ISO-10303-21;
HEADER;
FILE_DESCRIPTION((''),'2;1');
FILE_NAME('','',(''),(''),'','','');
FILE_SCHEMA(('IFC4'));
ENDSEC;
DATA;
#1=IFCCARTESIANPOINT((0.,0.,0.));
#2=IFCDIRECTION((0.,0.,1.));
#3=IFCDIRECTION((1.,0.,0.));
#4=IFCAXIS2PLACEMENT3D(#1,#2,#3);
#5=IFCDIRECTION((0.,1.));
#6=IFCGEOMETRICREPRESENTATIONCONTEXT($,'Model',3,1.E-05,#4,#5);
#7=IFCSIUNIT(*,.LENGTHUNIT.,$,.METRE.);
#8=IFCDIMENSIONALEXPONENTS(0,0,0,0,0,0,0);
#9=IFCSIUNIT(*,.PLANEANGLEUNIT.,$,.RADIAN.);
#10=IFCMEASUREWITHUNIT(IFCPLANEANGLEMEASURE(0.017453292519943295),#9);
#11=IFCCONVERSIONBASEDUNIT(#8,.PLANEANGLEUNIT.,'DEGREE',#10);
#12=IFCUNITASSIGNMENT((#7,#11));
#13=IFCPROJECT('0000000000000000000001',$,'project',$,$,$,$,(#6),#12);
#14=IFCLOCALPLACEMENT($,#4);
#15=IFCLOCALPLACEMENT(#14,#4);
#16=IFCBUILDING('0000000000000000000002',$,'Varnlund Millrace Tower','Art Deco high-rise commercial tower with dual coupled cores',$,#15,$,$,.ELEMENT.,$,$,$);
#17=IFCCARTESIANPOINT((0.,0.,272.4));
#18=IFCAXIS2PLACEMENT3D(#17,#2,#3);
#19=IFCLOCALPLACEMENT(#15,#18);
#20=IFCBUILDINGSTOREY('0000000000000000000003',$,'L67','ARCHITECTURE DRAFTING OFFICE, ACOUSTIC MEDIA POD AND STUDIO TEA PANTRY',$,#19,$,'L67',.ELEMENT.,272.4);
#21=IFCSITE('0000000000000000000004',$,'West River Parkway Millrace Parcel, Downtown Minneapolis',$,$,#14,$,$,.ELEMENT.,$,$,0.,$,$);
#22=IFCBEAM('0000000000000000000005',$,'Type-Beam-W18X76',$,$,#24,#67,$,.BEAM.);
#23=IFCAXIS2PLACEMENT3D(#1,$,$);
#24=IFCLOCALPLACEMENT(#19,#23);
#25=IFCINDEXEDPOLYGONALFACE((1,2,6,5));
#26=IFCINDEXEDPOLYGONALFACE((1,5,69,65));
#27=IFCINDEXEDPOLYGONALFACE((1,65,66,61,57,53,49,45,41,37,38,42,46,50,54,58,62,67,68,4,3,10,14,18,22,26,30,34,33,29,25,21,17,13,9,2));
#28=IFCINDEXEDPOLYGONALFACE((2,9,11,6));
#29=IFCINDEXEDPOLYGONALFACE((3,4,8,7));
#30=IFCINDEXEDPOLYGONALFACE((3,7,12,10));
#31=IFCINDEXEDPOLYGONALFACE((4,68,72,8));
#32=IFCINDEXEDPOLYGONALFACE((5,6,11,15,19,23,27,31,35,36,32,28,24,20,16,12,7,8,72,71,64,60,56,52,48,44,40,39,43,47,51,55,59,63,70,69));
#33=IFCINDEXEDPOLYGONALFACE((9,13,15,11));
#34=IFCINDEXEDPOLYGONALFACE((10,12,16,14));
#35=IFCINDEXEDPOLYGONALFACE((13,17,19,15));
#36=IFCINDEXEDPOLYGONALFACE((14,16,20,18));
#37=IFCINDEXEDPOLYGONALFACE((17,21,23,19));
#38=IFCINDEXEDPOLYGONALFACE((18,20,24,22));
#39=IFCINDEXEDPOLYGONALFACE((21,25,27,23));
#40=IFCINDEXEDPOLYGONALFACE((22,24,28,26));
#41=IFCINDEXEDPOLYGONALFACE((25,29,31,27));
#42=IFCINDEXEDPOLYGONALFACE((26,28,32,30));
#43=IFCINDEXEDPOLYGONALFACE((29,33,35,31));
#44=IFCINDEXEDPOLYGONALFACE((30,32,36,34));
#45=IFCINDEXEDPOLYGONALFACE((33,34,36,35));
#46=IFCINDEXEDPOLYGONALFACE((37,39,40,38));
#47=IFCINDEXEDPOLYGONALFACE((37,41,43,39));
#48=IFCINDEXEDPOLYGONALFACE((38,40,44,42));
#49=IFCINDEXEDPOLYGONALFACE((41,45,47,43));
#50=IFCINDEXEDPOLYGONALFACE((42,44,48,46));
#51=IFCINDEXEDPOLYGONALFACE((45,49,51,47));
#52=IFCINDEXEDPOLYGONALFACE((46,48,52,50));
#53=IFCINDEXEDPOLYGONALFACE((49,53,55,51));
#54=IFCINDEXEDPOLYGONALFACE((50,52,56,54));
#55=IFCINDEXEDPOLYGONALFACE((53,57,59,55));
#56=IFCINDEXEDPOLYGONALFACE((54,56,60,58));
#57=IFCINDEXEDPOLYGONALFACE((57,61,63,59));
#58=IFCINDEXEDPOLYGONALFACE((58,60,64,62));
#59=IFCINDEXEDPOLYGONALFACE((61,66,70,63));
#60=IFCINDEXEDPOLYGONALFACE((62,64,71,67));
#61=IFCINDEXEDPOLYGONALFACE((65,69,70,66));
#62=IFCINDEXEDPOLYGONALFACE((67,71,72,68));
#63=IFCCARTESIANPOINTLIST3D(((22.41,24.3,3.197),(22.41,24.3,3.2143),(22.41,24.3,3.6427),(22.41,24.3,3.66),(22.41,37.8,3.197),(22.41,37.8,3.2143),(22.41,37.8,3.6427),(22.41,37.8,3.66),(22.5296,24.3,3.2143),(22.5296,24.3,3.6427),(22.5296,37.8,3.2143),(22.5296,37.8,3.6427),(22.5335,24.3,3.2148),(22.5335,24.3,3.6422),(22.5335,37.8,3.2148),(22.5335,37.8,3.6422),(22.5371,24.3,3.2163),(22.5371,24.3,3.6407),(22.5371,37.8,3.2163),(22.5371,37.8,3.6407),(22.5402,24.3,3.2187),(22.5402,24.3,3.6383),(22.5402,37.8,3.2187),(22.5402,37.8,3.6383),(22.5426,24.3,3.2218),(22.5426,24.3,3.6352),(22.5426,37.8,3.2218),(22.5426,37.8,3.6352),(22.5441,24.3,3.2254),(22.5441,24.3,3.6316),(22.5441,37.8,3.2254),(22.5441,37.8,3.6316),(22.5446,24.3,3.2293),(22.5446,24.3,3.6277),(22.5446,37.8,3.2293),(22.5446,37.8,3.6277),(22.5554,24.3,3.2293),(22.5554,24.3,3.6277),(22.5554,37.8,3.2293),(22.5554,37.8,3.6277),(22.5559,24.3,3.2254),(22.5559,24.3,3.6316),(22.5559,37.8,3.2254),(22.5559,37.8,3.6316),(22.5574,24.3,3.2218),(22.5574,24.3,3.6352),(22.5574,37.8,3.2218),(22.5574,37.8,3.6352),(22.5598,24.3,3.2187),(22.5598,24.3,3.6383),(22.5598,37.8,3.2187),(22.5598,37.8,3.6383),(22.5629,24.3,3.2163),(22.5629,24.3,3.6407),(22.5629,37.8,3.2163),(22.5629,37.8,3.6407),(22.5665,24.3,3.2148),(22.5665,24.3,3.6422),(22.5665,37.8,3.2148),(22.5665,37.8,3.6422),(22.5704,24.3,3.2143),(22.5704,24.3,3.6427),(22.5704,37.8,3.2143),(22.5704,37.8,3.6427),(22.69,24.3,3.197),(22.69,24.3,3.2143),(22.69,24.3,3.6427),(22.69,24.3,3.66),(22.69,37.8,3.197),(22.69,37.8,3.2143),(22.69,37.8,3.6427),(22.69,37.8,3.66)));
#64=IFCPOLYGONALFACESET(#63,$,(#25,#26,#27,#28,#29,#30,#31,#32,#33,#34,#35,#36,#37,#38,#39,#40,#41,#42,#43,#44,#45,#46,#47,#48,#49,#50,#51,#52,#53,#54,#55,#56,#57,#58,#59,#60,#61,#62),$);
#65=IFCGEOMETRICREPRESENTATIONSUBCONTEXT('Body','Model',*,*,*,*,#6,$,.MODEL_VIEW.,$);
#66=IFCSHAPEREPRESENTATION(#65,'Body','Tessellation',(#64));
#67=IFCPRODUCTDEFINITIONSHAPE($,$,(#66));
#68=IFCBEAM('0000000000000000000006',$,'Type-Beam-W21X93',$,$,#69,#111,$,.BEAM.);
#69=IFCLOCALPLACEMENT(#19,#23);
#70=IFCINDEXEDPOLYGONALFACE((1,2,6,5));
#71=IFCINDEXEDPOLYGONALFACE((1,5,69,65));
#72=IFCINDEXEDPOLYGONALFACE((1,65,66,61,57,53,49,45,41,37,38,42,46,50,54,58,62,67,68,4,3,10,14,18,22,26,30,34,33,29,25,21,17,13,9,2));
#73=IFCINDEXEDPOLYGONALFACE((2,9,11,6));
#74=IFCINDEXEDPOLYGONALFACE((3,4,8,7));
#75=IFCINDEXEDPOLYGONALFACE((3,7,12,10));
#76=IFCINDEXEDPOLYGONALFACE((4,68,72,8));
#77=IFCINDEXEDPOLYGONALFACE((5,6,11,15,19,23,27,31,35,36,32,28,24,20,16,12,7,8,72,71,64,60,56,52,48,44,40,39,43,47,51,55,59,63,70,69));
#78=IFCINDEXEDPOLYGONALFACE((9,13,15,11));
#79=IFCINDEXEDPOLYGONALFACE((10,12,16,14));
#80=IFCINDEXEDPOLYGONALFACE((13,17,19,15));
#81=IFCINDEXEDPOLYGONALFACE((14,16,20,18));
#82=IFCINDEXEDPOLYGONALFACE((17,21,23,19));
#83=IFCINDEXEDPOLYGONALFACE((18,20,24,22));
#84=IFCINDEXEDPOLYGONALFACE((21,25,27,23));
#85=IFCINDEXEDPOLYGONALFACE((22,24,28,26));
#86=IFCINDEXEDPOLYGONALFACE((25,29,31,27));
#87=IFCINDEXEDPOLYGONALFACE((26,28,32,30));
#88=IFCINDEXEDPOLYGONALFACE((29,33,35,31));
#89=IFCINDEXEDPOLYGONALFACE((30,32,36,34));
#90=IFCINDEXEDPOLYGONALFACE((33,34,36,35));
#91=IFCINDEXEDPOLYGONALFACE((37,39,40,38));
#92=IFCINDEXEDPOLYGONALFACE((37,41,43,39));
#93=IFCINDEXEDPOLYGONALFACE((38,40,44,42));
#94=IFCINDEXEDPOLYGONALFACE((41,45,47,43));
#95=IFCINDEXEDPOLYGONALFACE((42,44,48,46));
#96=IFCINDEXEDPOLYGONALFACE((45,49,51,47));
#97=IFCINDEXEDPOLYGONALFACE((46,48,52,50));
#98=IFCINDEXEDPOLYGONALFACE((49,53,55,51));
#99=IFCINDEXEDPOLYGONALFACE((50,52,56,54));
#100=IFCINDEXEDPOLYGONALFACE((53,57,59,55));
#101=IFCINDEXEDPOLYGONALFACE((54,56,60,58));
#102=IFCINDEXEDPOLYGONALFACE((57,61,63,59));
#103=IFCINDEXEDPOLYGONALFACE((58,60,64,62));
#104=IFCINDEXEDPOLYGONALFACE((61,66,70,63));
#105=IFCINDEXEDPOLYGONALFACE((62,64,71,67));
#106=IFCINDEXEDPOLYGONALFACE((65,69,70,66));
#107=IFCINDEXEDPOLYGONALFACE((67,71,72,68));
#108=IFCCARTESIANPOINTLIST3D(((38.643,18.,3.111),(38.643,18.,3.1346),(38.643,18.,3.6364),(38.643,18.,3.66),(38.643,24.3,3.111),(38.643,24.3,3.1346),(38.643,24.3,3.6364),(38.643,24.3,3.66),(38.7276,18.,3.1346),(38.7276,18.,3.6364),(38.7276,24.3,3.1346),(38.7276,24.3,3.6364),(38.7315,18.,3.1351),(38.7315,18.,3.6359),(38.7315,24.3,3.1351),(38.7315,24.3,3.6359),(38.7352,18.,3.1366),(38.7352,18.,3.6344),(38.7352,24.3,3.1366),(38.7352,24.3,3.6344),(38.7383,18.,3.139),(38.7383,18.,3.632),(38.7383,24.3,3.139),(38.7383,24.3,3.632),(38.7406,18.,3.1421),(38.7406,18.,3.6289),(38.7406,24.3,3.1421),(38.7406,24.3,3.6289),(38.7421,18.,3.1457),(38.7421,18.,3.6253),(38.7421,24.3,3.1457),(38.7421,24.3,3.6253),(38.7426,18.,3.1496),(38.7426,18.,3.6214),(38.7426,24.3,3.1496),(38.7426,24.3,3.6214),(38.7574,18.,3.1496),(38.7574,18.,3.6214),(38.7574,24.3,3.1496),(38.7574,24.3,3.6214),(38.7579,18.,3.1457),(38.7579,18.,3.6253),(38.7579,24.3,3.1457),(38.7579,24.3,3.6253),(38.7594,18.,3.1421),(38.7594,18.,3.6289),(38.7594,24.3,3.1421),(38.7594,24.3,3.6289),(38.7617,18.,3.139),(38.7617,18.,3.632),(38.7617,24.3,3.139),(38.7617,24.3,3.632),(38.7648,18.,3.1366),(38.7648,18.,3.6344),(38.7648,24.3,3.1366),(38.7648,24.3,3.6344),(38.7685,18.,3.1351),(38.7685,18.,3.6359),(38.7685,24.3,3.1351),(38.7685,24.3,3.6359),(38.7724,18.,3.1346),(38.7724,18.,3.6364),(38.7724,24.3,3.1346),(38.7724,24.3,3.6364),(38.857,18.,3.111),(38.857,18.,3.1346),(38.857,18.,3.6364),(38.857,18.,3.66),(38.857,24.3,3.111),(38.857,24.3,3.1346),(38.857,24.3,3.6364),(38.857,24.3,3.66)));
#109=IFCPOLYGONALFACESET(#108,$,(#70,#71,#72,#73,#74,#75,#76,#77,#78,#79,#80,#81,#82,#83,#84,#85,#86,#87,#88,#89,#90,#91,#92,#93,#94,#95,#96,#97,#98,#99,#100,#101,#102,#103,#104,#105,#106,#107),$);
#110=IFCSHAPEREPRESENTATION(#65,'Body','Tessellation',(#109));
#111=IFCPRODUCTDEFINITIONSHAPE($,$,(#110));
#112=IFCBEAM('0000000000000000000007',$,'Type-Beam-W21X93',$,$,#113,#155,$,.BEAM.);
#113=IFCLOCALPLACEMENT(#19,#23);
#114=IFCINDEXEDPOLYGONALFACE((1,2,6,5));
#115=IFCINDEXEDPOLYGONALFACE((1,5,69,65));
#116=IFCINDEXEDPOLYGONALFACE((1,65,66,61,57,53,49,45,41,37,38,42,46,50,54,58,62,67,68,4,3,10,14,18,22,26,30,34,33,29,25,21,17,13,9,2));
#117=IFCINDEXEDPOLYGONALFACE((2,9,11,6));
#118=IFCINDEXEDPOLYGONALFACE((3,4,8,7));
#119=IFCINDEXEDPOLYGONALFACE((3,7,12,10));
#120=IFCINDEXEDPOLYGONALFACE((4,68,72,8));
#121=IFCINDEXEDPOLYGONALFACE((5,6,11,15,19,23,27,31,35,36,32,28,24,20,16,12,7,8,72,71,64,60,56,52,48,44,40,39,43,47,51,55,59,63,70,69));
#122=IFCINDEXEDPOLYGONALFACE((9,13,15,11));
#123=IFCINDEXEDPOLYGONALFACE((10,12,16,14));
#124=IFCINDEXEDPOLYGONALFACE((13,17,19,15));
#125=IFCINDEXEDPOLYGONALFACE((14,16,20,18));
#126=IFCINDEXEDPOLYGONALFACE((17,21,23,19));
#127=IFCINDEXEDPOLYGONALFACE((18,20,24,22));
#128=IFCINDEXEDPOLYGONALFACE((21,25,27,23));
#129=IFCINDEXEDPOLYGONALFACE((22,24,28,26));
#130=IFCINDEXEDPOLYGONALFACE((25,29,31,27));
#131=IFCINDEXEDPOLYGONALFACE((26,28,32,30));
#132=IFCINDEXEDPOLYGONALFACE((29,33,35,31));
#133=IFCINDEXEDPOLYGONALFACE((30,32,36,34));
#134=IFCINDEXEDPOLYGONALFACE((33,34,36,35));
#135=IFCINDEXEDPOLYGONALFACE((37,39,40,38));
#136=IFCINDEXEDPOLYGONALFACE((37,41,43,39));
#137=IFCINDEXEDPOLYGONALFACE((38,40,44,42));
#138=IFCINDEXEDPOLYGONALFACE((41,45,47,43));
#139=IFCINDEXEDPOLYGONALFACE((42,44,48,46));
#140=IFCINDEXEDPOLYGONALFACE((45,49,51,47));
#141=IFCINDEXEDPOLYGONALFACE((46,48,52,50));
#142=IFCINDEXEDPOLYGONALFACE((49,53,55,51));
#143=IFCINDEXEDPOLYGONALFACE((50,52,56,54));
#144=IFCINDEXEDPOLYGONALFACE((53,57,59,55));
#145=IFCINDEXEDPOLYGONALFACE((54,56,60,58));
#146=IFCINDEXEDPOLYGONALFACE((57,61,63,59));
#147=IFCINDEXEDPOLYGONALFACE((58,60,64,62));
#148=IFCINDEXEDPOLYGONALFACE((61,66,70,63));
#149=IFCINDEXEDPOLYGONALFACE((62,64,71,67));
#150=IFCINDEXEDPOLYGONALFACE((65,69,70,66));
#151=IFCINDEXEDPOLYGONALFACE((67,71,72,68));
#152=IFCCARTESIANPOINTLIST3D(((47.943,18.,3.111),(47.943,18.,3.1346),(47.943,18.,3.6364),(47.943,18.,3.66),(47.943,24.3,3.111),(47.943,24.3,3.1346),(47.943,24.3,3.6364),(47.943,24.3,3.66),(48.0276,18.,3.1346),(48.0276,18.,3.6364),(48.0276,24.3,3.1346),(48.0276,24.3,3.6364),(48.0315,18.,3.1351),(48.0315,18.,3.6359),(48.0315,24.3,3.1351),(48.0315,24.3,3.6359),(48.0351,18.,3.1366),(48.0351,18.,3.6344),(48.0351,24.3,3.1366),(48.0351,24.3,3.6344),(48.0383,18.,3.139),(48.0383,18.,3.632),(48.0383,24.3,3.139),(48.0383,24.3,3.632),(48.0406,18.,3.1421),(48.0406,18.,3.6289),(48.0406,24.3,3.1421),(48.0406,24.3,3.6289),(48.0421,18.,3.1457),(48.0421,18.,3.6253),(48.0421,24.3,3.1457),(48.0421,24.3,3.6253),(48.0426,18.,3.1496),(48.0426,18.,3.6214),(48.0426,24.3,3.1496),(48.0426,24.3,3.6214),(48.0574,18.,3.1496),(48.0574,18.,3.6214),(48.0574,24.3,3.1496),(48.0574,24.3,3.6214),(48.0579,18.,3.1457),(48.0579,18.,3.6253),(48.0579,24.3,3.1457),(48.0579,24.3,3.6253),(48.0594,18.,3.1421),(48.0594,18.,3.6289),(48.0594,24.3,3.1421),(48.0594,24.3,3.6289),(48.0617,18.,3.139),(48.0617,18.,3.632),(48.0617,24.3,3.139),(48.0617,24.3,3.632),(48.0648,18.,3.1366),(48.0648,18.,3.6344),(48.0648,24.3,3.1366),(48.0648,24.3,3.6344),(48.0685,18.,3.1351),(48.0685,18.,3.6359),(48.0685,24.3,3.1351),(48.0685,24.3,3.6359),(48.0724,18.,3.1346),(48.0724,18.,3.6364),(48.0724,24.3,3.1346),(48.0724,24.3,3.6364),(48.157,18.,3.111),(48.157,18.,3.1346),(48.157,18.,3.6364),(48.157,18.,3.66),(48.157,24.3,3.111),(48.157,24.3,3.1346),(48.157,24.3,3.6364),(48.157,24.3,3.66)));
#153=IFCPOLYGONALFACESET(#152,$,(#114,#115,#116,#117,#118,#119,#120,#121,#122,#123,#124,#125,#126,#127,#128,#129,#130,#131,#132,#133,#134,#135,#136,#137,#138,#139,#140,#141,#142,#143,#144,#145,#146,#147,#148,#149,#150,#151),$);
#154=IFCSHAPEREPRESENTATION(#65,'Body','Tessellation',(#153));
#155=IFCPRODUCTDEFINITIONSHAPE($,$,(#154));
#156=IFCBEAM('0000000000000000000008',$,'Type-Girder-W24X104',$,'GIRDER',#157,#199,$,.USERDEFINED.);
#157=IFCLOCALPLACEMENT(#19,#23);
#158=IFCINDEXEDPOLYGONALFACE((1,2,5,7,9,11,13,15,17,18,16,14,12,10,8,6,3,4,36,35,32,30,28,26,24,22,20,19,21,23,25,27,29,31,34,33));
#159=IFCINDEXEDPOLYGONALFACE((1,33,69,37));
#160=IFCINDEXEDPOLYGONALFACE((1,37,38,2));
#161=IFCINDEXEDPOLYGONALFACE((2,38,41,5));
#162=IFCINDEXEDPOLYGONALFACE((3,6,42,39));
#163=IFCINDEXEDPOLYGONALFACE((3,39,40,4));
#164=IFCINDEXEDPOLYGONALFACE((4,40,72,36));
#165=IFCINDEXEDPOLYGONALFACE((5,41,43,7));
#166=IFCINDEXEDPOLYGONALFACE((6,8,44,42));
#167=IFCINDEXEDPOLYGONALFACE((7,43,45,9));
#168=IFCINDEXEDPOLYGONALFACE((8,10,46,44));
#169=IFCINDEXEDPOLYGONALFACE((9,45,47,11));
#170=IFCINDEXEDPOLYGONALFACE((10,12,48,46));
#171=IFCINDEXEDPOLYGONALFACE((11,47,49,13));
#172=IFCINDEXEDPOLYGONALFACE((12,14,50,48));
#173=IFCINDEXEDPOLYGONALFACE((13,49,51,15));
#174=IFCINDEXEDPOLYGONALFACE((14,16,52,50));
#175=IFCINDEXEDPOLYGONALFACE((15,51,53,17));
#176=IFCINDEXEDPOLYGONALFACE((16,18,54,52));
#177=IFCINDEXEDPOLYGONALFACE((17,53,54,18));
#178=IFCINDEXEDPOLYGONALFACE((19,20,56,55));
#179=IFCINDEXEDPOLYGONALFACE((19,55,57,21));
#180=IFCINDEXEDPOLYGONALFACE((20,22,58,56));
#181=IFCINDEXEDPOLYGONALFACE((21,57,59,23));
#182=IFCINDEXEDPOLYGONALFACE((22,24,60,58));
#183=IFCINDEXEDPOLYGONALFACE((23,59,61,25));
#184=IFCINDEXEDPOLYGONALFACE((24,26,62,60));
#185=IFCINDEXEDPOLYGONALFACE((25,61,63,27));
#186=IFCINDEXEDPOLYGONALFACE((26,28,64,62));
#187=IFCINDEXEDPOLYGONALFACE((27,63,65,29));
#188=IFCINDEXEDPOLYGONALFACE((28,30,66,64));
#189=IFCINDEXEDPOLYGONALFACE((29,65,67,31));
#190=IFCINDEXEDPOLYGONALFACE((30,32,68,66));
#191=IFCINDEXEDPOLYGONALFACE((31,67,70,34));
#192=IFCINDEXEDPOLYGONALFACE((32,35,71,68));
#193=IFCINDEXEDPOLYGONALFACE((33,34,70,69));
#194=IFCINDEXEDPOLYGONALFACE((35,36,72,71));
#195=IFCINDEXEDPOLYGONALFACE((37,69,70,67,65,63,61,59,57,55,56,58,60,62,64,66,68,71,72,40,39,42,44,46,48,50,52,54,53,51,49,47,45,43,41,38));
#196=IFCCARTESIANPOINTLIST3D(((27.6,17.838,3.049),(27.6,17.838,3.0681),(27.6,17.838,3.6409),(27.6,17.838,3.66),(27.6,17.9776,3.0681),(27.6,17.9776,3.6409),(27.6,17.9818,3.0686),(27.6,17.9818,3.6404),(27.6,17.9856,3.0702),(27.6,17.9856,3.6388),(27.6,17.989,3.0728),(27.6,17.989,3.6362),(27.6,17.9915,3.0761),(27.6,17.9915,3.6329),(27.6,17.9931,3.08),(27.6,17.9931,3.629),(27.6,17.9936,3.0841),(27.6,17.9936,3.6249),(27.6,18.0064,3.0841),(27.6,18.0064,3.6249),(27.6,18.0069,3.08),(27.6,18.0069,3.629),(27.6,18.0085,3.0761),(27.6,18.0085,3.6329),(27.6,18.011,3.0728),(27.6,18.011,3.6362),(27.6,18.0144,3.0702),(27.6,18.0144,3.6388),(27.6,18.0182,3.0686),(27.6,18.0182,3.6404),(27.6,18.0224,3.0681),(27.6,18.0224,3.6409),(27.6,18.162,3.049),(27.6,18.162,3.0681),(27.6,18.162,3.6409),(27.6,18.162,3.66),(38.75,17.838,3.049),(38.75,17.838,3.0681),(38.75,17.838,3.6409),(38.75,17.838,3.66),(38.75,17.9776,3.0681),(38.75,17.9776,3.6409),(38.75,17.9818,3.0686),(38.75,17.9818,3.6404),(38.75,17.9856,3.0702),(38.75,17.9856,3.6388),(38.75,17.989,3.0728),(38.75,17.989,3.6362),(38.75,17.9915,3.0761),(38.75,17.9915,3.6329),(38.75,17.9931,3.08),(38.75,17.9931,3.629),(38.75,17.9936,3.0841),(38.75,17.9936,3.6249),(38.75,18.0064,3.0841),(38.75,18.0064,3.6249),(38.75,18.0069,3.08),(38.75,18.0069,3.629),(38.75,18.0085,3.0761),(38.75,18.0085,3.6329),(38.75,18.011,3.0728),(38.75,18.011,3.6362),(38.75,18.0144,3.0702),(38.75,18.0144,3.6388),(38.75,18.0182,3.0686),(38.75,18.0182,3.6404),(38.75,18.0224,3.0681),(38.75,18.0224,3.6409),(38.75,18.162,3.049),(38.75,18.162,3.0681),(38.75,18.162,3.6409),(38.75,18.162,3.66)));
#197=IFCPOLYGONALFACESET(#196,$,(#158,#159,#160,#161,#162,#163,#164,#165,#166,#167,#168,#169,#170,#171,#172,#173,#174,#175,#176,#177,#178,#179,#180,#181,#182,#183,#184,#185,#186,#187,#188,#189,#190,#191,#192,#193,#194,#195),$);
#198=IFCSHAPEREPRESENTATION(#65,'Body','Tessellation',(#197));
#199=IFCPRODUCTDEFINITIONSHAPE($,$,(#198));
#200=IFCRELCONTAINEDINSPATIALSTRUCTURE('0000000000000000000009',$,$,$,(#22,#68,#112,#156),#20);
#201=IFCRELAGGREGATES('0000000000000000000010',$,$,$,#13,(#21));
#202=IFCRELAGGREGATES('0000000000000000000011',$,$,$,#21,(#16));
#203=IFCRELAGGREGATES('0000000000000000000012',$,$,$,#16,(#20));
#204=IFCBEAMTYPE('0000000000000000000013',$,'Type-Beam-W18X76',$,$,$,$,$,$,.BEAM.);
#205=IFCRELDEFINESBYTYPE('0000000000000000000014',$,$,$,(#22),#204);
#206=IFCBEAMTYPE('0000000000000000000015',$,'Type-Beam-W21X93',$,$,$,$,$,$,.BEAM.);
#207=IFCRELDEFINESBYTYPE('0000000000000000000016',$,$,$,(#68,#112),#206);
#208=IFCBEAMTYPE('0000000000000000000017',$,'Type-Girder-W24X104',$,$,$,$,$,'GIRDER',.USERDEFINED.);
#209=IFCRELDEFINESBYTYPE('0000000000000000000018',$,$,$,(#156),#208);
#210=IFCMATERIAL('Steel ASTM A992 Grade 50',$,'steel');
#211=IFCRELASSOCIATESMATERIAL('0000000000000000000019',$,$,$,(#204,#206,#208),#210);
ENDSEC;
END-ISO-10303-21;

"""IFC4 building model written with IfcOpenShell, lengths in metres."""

from ifc_helpers import new_model, entity, si_unit, converted_unit, direction, frame, origin_with_axes, origin_2d_with_axis, place, context, subcontext, project, spatial, i_section, extrude, material, material_profile, profile_set, type_object, element, save


model = new_model("IFC4")

# Units and contexts
model_context = context("Model", 3, precision=1e-05, world=origin_with_axes(), true_north=direction((0.0, 1.0)))
body_context = subcontext(model_context, "Body", "Model", "MODEL_VIEW")
ifc_project = project(units=[si_unit("LENGTHUNIT", "METRE"), converted_unit("PLANEANGLEUNIT", "DEGREE", entity("IfcPlaneAngleMeasure", 0.017453292519943295), si_unit("PLANEANGLEUNIT", "RADIAN"), dimensions=[0, 0, 0, 0, 0, 0, 0])], contexts=[model_context])

# Site, building, storey
site_placement = place(None, origin_with_axes())
site = spatial("IfcSite", under=ifc_project, at=site_placement, Name="West River Parkway Millrace Parcel, Downtown Minneapolis", CompositionType="ELEMENT", RefElevation=0.0)
building_placement = place(site_placement, origin_with_axes())
building = spatial("IfcBuilding", under=site, at=building_placement, Name="Varnlund Millrace Tower", Description="Art Deco high-rise commercial tower with dual coupled cores", CompositionType="ELEMENT")
storey_placement = place(building_placement, frame((0.0, 0.0, 272.4), z_axis=(0.0, 0.0, 1.0), x_axis=(1.0, 0.0, 0.0)))
storey = spatial("IfcBuildingStorey", under=building, at=storey_placement, Name="L67", Description="ARCHITECTURE DRAFTING OFFICE, ACOUSTIC MEDIA POD AND STUDIO TEA PANTRY", LongName="L67", CompositionType="ELEMENT", Elevation=272.4)

# Beams
ifc_material_1 = material(Name="Steel ASTM A992 Grade 50", Category="steel")
ifc_material_profile_1 = material_profile(ifc_material_1, i_section(OverallWidth=0.28, OverallDepth=0.463, WebThickness=0.0108, FlangeThickness=0.0173, FilletRadius=0.015, at=origin_2d_with_axis()), Name="Steel ASTM A992 Grade 50")
ifc_profile_set_1 = profile_set([ifc_material_profile_1], Name="Steel ASTM A992 Grade 50")
beam_type_1 = type_object("IfcBeamType", Name="Type-Beam-W18X76", PredefinedType="BEAM", material=ifc_profile_set_1)
beam_1_placement = place(storey_placement, frame((22.55, 24.3, 3.4285), z_axis=(0.0, 1.0, 0.0), x_axis=(-1.0, 0.0, 0.0)))
element("IfcBeam", 1, at=beam_1_placement, inside=storey, type_object=beam_type_1, Name="Type-Beam-W18X76", PredefinedType="BEAM", context=body_context, shape_type="SweptSolid", body=[
    extrude(i_section(OverallWidth=0.28, OverallDepth=0.463, WebThickness=0.0108, FlangeThickness=0.0173, FilletRadius=0.015, at=origin_2d_with_axis()), origin_with_axes(), (0.0, 0.0, 1.0), 13.5),
])
ifc_material_profile_2 = material_profile(ifc_material_1, i_section(OverallWidth=0.214, OverallDepth=0.549, WebThickness=0.0147, FlangeThickness=0.0236, FilletRadius=0.015, at=origin_2d_with_axis()), Name="Steel ASTM A992 Grade 50")
ifc_profile_set_2 = profile_set([ifc_material_profile_2], Name="Steel ASTM A992 Grade 50")
beam_type_2 = type_object("IfcBeamType", Name="Type-Beam-W21X93", PredefinedType="BEAM", material=ifc_profile_set_2)
for number, where, z_axis, x_axis, name in (
    (2, (38.75, 18.0, 3.3855), (0.0, 1.0, 0.0), (-1.0, 0.0, 0.0), "Type-Beam-W21X93"),
    (3, (48.05, 18.0, 3.3855), (0.0, 1.0, 0.0), (-1.0, 0.0, 0.0), "Type-Beam-W21X93"),
):
    element("IfcBeam", number, at=place(storey_placement, frame(where, z_axis=z_axis, x_axis=x_axis)), inside=storey, type_object=beam_type_2, Name=name, PredefinedType="BEAM", context=body_context, shape_type="SweptSolid", body=[
        extrude(i_section(OverallWidth=0.214, OverallDepth=0.549, WebThickness=0.0147, FlangeThickness=0.0236, FilletRadius=0.015, at=origin_2d_with_axis()), origin_with_axes(), (0.0, 0.0, 1.0), 6.3),
    ])
ifc_material_profile_3 = material_profile(ifc_material_1, i_section(OverallWidth=0.324, OverallDepth=0.611, WebThickness=0.0127, FlangeThickness=0.0191, FilletRadius=0.016, at=origin_2d_with_axis()), Name="Steel ASTM A992 Grade 50")
ifc_profile_set_3 = profile_set([ifc_material_profile_3], Name="Steel ASTM A992 Grade 50")
beam_type_3 = type_object("IfcBeamType", Name="Type-Girder-W24X104", ElementType="GIRDER", PredefinedType="USERDEFINED", material=ifc_profile_set_3)
beam_2_placement = place(storey_placement, frame((27.6, 18.0, 3.3545), z_axis=(1.0, 0.0, 0.0), x_axis=(0.0, 1.0, 0.0)))
element("IfcBeam", 4, at=beam_2_placement, inside=storey, type_object=beam_type_3, Name="Type-Girder-W24X104", ObjectType="GIRDER", PredefinedType="USERDEFINED", context=body_context, shape_type="SweptSolid", body=[
    extrude(i_section(OverallWidth=0.324, OverallDepth=0.611, WebThickness=0.0127, FlangeThickness=0.0191, FilletRadius=0.016, at=origin_2d_with_axis()), origin_with_axes(), (0.0, 0.0, 1.0), 11.15),
])

save(model, "model.ifc")
